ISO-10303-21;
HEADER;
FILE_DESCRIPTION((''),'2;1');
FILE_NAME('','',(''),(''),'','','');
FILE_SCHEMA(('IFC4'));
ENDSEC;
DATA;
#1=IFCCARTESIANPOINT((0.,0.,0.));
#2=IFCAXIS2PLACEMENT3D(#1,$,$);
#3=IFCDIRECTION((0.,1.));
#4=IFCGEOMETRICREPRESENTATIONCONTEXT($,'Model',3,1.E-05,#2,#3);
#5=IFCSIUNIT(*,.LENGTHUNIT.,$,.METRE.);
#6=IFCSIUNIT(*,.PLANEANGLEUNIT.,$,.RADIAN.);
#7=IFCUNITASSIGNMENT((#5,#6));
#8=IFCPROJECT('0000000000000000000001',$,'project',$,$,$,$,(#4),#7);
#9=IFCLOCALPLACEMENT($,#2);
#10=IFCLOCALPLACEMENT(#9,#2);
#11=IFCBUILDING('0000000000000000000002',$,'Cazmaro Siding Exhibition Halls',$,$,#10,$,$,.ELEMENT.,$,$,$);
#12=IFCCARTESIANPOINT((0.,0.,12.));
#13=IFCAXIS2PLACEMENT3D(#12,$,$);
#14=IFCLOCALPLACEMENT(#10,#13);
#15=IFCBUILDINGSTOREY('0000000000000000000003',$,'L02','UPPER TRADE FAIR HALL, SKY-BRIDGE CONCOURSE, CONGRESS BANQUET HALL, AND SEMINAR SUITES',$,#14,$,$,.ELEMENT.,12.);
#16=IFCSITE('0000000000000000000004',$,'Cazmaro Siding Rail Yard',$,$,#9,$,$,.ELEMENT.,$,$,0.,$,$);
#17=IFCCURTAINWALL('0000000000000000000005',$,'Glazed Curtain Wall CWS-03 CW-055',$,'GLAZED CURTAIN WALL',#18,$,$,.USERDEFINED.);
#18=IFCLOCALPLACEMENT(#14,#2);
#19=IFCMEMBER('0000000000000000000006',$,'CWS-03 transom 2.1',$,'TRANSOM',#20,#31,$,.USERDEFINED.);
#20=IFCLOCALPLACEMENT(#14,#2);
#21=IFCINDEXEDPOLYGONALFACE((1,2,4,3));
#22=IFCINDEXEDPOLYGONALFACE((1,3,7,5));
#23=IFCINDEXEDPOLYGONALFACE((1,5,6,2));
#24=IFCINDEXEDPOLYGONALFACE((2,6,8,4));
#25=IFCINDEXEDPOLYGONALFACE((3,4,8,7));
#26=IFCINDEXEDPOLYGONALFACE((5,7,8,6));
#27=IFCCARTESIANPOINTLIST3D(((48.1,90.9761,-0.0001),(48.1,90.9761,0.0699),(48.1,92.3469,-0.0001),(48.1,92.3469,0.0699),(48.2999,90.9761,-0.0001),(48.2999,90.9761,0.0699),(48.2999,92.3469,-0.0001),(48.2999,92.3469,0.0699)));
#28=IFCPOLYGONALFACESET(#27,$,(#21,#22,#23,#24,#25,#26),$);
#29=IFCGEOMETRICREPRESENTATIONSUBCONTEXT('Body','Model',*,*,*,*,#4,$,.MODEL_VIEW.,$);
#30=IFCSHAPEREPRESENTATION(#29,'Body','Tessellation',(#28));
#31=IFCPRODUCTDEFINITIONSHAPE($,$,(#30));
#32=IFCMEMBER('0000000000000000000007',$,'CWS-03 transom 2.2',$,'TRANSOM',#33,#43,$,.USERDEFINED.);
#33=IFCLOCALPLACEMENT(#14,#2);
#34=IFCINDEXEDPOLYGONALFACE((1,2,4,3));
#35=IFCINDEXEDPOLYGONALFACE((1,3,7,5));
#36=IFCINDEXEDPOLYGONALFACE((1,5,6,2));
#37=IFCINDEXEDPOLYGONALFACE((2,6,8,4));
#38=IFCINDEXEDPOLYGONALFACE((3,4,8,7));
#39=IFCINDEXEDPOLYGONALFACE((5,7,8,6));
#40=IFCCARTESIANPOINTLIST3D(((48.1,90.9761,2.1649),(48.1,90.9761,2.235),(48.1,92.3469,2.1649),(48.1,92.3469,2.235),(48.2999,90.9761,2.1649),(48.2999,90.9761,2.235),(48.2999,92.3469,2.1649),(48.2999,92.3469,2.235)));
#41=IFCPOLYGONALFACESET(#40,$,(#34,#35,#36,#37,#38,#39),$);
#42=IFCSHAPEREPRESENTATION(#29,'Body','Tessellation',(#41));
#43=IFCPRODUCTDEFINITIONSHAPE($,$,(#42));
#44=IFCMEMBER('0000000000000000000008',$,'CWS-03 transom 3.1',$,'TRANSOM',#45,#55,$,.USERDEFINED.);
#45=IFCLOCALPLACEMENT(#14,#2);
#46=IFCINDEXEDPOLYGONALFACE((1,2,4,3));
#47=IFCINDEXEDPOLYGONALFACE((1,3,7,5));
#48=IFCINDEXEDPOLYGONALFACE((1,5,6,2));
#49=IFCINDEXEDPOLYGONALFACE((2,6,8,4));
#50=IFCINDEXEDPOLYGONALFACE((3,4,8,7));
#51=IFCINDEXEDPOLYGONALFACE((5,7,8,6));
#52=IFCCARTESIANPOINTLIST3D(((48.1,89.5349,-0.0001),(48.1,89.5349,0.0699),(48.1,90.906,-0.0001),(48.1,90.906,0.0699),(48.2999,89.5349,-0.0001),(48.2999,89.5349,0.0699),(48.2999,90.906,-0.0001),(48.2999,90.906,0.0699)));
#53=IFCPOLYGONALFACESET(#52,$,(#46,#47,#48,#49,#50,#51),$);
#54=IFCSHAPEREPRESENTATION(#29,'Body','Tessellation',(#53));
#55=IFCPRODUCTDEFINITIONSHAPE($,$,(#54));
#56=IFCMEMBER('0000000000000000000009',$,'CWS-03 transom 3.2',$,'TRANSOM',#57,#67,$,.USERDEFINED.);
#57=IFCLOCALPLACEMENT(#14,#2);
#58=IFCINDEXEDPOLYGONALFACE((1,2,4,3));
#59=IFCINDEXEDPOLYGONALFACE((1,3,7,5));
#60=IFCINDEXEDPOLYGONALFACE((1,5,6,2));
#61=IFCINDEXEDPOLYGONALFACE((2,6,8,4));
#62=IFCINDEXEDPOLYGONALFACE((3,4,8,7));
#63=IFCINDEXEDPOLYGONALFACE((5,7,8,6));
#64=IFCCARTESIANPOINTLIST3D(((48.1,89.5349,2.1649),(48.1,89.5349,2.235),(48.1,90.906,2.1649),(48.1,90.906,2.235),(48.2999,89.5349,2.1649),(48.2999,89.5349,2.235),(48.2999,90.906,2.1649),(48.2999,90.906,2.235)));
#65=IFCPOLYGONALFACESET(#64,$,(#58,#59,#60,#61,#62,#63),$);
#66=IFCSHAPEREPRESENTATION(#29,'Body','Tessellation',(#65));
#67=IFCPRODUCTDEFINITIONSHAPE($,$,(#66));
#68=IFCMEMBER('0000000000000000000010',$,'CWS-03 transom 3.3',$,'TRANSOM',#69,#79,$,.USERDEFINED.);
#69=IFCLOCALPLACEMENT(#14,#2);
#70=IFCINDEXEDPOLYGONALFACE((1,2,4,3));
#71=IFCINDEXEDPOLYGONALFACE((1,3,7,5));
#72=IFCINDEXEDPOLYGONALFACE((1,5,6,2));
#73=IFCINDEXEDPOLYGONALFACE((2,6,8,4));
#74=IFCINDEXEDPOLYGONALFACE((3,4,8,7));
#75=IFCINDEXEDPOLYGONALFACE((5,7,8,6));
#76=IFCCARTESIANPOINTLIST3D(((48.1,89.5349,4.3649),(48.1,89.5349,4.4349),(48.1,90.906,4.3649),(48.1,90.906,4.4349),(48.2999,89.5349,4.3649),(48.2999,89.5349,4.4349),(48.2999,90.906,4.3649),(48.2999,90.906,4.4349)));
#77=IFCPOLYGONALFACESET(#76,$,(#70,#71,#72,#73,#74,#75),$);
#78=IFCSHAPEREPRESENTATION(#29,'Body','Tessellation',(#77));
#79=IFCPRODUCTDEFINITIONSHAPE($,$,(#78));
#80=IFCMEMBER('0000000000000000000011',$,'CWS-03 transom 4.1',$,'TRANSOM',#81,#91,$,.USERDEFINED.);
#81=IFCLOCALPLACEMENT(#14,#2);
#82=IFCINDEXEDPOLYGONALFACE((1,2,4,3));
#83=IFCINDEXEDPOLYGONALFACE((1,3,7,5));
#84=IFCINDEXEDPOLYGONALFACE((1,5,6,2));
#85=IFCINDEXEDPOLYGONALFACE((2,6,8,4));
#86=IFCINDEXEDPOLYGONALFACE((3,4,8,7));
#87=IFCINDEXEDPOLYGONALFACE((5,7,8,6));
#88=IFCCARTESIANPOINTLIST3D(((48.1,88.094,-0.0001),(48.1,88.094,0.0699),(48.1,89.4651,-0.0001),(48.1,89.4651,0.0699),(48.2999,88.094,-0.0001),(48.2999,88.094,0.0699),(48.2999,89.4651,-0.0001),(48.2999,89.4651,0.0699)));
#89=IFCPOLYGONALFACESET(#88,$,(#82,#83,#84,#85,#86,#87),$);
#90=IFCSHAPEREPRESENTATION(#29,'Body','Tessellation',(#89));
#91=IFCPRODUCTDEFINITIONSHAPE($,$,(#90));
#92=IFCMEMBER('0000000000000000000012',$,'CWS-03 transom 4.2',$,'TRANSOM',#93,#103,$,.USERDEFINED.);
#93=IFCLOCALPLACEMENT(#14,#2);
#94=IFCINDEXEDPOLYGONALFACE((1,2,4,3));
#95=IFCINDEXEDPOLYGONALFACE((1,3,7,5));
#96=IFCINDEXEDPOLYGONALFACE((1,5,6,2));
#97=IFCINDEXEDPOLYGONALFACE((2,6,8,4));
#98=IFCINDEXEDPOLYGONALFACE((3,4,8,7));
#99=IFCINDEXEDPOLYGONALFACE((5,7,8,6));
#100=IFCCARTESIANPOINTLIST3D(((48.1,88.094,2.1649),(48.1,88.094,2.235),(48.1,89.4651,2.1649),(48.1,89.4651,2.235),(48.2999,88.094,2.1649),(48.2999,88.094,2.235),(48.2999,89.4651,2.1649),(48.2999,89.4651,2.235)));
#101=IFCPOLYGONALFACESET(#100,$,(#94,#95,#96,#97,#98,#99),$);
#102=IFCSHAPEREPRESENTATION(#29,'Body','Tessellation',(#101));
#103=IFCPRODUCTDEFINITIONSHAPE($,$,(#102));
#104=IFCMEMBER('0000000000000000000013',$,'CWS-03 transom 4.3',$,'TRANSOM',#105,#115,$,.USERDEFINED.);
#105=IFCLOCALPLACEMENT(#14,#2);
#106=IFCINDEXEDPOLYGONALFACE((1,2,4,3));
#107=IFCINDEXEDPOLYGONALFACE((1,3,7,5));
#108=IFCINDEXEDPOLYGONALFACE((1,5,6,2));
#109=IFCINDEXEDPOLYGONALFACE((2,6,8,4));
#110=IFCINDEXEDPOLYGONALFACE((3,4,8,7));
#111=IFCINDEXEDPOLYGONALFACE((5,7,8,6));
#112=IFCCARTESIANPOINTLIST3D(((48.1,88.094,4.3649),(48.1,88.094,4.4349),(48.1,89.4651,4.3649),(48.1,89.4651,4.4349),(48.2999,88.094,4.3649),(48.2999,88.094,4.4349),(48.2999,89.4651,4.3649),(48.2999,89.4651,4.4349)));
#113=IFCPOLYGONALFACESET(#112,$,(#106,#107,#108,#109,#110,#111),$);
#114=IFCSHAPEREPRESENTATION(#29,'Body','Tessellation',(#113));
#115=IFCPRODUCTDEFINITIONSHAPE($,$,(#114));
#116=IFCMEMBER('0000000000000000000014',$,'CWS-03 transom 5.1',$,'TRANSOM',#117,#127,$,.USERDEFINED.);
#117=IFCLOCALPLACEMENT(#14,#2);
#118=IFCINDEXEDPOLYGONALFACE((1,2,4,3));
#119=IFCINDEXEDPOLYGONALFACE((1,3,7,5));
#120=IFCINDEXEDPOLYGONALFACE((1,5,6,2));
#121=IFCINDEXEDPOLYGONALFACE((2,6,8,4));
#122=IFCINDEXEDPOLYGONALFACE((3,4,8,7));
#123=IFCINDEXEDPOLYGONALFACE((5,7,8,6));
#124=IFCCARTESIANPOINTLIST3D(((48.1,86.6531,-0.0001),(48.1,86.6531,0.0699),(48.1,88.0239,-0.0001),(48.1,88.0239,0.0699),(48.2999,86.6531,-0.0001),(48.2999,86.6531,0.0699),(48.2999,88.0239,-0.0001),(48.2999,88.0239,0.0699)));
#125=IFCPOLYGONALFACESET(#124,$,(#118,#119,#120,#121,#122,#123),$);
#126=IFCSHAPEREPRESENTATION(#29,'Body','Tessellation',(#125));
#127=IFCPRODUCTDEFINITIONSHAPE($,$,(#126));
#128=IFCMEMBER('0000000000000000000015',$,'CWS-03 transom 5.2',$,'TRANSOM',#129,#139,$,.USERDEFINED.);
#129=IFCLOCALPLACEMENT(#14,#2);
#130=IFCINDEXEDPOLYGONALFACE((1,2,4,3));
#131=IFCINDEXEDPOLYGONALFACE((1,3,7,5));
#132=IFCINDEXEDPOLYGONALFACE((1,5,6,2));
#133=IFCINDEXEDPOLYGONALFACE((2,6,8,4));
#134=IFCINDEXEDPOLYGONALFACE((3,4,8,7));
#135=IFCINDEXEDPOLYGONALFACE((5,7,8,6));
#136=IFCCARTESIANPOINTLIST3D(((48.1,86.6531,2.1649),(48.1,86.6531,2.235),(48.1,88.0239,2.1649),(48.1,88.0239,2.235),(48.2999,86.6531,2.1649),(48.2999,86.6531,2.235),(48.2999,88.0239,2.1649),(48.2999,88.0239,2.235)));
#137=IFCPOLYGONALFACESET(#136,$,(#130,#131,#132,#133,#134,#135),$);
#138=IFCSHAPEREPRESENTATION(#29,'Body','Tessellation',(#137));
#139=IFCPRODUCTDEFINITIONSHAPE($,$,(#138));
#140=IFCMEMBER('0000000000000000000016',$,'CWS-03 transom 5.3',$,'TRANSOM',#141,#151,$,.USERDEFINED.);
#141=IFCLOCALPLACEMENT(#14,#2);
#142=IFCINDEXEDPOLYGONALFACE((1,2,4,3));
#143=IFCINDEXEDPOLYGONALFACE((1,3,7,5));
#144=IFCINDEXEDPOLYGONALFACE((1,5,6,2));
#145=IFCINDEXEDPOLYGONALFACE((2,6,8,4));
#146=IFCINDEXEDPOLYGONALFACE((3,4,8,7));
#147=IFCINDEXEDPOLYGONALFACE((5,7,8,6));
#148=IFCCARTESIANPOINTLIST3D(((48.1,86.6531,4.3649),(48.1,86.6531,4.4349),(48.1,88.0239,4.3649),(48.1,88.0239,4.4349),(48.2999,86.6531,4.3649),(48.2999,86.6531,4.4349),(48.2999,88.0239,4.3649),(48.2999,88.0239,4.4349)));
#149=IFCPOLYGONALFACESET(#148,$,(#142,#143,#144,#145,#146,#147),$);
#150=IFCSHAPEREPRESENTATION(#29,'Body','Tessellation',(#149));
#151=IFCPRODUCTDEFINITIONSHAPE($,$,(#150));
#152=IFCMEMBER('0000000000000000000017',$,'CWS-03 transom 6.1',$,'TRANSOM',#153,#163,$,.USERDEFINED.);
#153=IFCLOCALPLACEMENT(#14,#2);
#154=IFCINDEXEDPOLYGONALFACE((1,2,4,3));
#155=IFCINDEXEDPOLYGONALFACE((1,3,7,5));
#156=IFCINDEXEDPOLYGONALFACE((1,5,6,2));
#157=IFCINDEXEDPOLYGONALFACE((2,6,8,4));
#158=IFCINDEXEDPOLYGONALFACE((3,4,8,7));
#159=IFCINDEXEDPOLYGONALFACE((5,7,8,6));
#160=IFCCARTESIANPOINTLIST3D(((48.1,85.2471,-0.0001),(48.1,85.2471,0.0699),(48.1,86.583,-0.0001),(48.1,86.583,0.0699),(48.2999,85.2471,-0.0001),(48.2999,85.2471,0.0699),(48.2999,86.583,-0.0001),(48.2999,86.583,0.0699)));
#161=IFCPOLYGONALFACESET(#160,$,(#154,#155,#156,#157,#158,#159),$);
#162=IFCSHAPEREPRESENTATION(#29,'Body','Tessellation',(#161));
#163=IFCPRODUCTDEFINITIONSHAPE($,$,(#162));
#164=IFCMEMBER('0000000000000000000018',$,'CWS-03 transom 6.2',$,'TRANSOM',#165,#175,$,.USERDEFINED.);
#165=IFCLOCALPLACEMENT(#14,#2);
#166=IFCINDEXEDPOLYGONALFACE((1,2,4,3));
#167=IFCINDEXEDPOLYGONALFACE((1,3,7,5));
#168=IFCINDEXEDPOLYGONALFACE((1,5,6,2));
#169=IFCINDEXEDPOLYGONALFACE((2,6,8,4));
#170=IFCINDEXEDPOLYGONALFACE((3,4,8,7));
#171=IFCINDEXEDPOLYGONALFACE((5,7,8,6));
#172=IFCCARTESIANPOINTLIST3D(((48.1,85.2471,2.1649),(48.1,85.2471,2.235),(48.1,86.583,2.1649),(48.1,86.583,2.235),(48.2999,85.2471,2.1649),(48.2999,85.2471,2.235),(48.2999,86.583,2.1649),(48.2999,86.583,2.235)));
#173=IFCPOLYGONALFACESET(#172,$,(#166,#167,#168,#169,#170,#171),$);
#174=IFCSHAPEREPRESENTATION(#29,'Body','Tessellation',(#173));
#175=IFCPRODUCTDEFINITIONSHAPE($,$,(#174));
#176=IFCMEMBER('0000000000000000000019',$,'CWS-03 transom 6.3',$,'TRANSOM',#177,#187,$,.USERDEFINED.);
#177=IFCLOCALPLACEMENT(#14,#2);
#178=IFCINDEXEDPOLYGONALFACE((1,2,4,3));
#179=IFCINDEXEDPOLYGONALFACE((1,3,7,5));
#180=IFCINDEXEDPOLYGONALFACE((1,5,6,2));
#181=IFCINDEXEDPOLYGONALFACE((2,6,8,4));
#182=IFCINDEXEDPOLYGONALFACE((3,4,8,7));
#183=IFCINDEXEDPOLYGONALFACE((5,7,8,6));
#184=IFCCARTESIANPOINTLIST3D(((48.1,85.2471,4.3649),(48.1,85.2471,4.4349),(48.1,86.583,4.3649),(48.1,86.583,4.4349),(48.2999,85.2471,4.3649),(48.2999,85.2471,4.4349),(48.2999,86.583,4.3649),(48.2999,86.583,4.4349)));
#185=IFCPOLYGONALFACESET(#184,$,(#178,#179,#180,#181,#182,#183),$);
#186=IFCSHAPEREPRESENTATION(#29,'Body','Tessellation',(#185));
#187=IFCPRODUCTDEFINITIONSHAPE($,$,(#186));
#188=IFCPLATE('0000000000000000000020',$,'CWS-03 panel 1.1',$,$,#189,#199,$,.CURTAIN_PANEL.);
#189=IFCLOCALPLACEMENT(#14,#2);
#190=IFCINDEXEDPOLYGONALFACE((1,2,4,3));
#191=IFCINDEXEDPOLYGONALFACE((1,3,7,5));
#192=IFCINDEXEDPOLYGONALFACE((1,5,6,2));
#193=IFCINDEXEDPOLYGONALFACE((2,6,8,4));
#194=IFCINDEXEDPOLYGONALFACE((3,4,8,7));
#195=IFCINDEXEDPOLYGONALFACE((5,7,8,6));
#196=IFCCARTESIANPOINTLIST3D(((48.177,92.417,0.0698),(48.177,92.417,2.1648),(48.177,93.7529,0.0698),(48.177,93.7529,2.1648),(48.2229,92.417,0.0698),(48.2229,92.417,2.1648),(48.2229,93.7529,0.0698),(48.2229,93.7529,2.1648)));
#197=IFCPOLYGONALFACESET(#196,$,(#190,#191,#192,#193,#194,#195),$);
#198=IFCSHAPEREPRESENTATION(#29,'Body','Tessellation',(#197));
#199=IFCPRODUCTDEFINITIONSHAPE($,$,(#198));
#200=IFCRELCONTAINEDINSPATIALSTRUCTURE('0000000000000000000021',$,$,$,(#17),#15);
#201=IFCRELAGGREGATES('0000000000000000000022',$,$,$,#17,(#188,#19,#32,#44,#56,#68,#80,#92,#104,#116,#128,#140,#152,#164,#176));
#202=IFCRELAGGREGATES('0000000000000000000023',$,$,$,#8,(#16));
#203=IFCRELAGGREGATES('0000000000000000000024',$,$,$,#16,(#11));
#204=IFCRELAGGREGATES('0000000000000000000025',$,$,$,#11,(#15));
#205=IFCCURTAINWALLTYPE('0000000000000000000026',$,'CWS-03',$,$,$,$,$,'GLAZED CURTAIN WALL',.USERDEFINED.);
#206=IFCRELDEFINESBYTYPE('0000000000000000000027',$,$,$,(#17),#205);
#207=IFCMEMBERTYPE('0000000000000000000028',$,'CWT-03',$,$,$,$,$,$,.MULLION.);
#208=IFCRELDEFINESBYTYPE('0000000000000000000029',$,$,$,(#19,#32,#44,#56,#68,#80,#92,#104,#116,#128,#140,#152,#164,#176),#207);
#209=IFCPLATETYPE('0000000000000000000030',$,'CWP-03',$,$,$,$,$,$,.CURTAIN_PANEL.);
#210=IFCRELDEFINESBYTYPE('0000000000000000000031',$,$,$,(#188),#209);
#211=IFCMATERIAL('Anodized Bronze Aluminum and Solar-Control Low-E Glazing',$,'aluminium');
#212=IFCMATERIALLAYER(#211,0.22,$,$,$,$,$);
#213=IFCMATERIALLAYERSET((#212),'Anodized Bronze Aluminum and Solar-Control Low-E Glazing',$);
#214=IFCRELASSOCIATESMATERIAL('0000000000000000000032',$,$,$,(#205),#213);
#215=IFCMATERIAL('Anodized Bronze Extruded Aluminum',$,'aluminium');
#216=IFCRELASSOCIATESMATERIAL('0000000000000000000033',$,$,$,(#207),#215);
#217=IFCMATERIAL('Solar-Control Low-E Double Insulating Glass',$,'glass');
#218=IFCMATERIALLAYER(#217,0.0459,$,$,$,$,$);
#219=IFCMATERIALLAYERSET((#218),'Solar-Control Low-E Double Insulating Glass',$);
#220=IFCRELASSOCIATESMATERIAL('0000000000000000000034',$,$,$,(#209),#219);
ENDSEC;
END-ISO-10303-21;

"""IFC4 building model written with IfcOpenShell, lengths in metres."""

from ifc_helpers import new_model, si_unit, direction, frame, origin, origin_2d, place, context, subcontext, project, spatial, rectangle, extrude, material, layer, layer_set, material_profile, profile_set, type_object, element, aggregate, save


model = new_model("IFC4")

# Units and contexts
model_context = context("Model", 3, precision=1e-05, world=origin(), true_north=direction((0.0, 1.0)))
body_context = subcontext(model_context, "Body", "Model", "MODEL_VIEW")
ifc_project = project(units=[si_unit("LENGTHUNIT", "METRE"), si_unit("PLANEANGLEUNIT", "RADIAN")], contexts=[model_context])

# Site, building, storey
site_placement = place(None, origin())
site = spatial("IfcSite", under=ifc_project, at=site_placement, Name="Cazmaro Siding Rail Yard", CompositionType="ELEMENT", RefElevation=0.0)
building_placement = place(site_placement, origin())
building = spatial("IfcBuilding", under=site, at=building_placement, Name="Cazmaro Siding Exhibition Halls", CompositionType="ELEMENT")
storey_placement = place(building_placement, frame((0.0, 0.0, 12.0)))
storey = spatial("IfcBuildingStorey", under=building, at=storey_placement, Name="L02", Description="UPPER TRADE FAIR HALL, SKY-BRIDGE CONCOURSE, CONGRESS BANQUET HALL, AND SEMINAR SUITES", CompositionType="ELEMENT", Elevation=12.0)

# Shared definitions
ifc_material_1 = material(Name="Anodized Bronze Aluminum and Solar-Control Low-E Glazing", Category="aluminium")
ifc_layer_1 = layer(ifc_material_1, 0.22)
ifc_layer_set_1 = layer_set([ifc_layer_1], Name="Anodized Bronze Aluminum and Solar-Control Low-E Glazing")
curtain_wall_type = type_object("IfcCurtainWallType", Name="CWS-03", ElementType="GLAZED CURTAIN WALL", PredefinedType="USERDEFINED", material=ifc_layer_set_1)

# Curtain wall, members, plate
curtain_wall_1_placement = place(storey_placement, origin())
curtain_wall_1 = element("IfcCurtainWall", 1, at=curtain_wall_1_placement, inside=storey, type_object=curtain_wall_type, Name="Glazed Curtain Wall CWS-03 CW-055", ObjectType="GLAZED CURTAIN WALL", PredefinedType="USERDEFINED")
ifc_material_2 = material(Name="Anodized Bronze Extruded Aluminum", Category="aluminium")
ifc_material_profile_1 = material_profile(ifc_material_2, rectangle(XDim=0.2, YDim=0.0701, at=origin_2d()), Name="CWT-03")
ifc_profile_set_1 = profile_set([ifc_material_profile_1], Name="Anodized Bronze Extruded Aluminum")
member_type_1 = type_object("IfcMemberType", Name="CWT-03", PredefinedType="MULLION", material=ifc_profile_set_1)
member_1_placement = place(storey_placement, frame((48.2, 92.3469, 0.0349), z_axis=(0.0, -1.0, 0.0), x_axis=(1.0, 0.0, 0.0)))
member_1 = element("IfcMember", 2, at=member_1_placement, type_object=member_type_1, Name="CWS-03 transom 2.1", ObjectType="TRANSOM", PredefinedType="USERDEFINED", context=body_context, shape_type="SweptSolid", body=[
    extrude(rectangle(XDim=0.2, YDim=0.0701, at=origin_2d()), origin(), (0.0, 0.0, 1.0), 1.3708),
])
member_2_placement = place(storey_placement, frame((48.2, 92.3469, 2.2), z_axis=(0.0, -1.0, 0.0), x_axis=(1.0, 0.0, 0.0)))
member_2 = element("IfcMember", 3, at=member_2_placement, type_object=member_type_1, Name="CWS-03 transom 2.2", ObjectType="TRANSOM", PredefinedType="USERDEFINED", context=body_context, shape_type="SweptSolid", body=[
    extrude(rectangle(XDim=0.2, YDim=0.0701, at=origin_2d()), origin(), (0.0, 0.0, 1.0), 1.3708),
])
member_3_placement = place(storey_placement, frame((48.2, 90.906, 0.0349), z_axis=(0.0, -1.0, 0.0), x_axis=(1.0, 0.0, 0.0)))
member_3 = element("IfcMember", 4, at=member_3_placement, type_object=member_type_1, Name="CWS-03 transom 3.1", ObjectType="TRANSOM", PredefinedType="USERDEFINED", context=body_context, shape_type="SweptSolid", body=[
    extrude(rectangle(XDim=0.2, YDim=0.0701, at=origin_2d()), origin(), (0.0, 0.0, 1.0), 1.3711),
])
member_4_placement = place(storey_placement, frame((48.2, 90.906, 2.2), z_axis=(0.0, -1.0, 0.0), x_axis=(1.0, 0.0, 0.0)))
member_4 = element("IfcMember", 5, at=member_4_placement, type_object=member_type_1, Name="CWS-03 transom 3.2", ObjectType="TRANSOM", PredefinedType="USERDEFINED", context=body_context, shape_type="SweptSolid", body=[
    extrude(rectangle(XDim=0.2, YDim=0.0701, at=origin_2d()), origin(), (0.0, 0.0, 1.0), 1.3711),
])
member_5_placement = place(storey_placement, frame((48.2, 90.906, 4.3999), z_axis=(0.0, -1.0, 0.0), x_axis=(1.0, 0.0, 0.0)))
member_5 = element("IfcMember", 6, at=member_5_placement, type_object=member_type_1, Name="CWS-03 transom 3.3", ObjectType="TRANSOM", PredefinedType="USERDEFINED", context=body_context, shape_type="SweptSolid", body=[
    extrude(rectangle(XDim=0.2, YDim=0.0701, at=origin_2d()), origin(), (0.0, 0.0, 1.0), 1.3711),
])
member_6_placement = place(storey_placement, frame((48.2, 89.4651, 0.0349), z_axis=(0.0, -1.0, 0.0), x_axis=(1.0, 0.0, 0.0)))
member_6 = element("IfcMember", 7, at=member_6_placement, type_object=member_type_1, Name="CWS-03 transom 4.1", ObjectType="TRANSOM", PredefinedType="USERDEFINED", context=body_context, shape_type="SweptSolid", body=[
    extrude(rectangle(XDim=0.2, YDim=0.0701, at=origin_2d()), origin(), (0.0, 0.0, 1.0), 1.3711),
])
member_7_placement = place(storey_placement, frame((48.2, 89.4651, 2.2), z_axis=(0.0, -1.0, 0.0), x_axis=(1.0, 0.0, 0.0)))
member_7 = element("IfcMember", 8, at=member_7_placement, type_object=member_type_1, Name="CWS-03 transom 4.2", ObjectType="TRANSOM", PredefinedType="USERDEFINED", context=body_context, shape_type="SweptSolid", body=[
    extrude(rectangle(XDim=0.2, YDim=0.0701, at=origin_2d()), origin(), (0.0, 0.0, 1.0), 1.3711),
])
member_8_placement = place(storey_placement, frame((48.2, 89.4651, 4.3999), z_axis=(0.0, -1.0, 0.0), x_axis=(1.0, 0.0, 0.0)))
member_8 = element("IfcMember", 9, at=member_8_placement, type_object=member_type_1, Name="CWS-03 transom 4.3", ObjectType="TRANSOM", PredefinedType="USERDEFINED", context=body_context, shape_type="SweptSolid", body=[
    extrude(rectangle(XDim=0.2, YDim=0.0701, at=origin_2d()), origin(), (0.0, 0.0, 1.0), 1.3711),
])
member_9_placement = place(storey_placement, frame((48.2, 88.0239, 0.0349), z_axis=(0.0, -1.0, 0.0), x_axis=(1.0, 0.0, 0.0)))
member_9 = element("IfcMember", 10, at=member_9_placement, type_object=member_type_1, Name="CWS-03 transom 5.1", ObjectType="TRANSOM", PredefinedType="USERDEFINED", context=body_context, shape_type="SweptSolid", body=[
    extrude(rectangle(XDim=0.2, YDim=0.0701, at=origin_2d()), origin(), (0.0, 0.0, 1.0), 1.3708),
])
member_10_placement = place(storey_placement, frame((48.2, 88.0239, 2.2), z_axis=(0.0, -1.0, 0.0), x_axis=(1.0, 0.0, 0.0)))
member_10 = element("IfcMember", 11, at=member_10_placement, type_object=member_type_1, Name="CWS-03 transom 5.2", ObjectType="TRANSOM", PredefinedType="USERDEFINED", context=body_context, shape_type="SweptSolid", body=[
    extrude(rectangle(XDim=0.2, YDim=0.0701, at=origin_2d()), origin(), (0.0, 0.0, 1.0), 1.3708),
])
member_11_placement = place(storey_placement, frame((48.2, 88.0239, 4.3999), z_axis=(0.0, -1.0, 0.0), x_axis=(1.0, 0.0, 0.0)))
member_11 = element("IfcMember", 12, at=member_11_placement, type_object=member_type_1, Name="CWS-03 transom 5.3", ObjectType="TRANSOM", PredefinedType="USERDEFINED", context=body_context, shape_type="SweptSolid", body=[
    extrude(rectangle(XDim=0.2, YDim=0.0701, at=origin_2d()), origin(), (0.0, 0.0, 1.0), 1.3708),
])
member_12_placement = place(storey_placement, frame((48.2, 86.583, 0.0349), z_axis=(0.0, -1.0, 0.0), x_axis=(1.0, 0.0, 0.0)))
member_12 = element("IfcMember", 13, at=member_12_placement, type_object=member_type_1, Name="CWS-03 transom 6.1", ObjectType="TRANSOM", PredefinedType="USERDEFINED", context=body_context, shape_type="SweptSolid", body=[
    extrude(rectangle(XDim=0.2, YDim=0.0701, at=origin_2d()), origin(), (0.0, 0.0, 1.0), 1.3359),
])
member_13_placement = place(storey_placement, frame((48.2, 86.583, 2.2), z_axis=(0.0, -1.0, 0.0), x_axis=(1.0, 0.0, 0.0)))
member_13 = element("IfcMember", 14, at=member_13_placement, type_object=member_type_1, Name="CWS-03 transom 6.2", ObjectType="TRANSOM", PredefinedType="USERDEFINED", context=body_context, shape_type="SweptSolid", body=[
    extrude(rectangle(XDim=0.2, YDim=0.0701, at=origin_2d()), origin(), (0.0, 0.0, 1.0), 1.3359),
])
member_14_placement = place(storey_placement, frame((48.2, 86.583, 4.3999), z_axis=(0.0, -1.0, 0.0), x_axis=(1.0, 0.0, 0.0)))
member_14 = element("IfcMember", 15, at=member_14_placement, type_object=member_type_1, Name="CWS-03 transom 6.3", ObjectType="TRANSOM", PredefinedType="USERDEFINED", context=body_context, shape_type="SweptSolid", body=[
    extrude(rectangle(XDim=0.2, YDim=0.0701, at=origin_2d()), origin(), (0.0, 0.0, 1.0), 1.3359),
])
ifc_material_3 = material(Name="Solar-Control Low-E Double Insulating Glass", Category="glass")
ifc_layer_2 = layer(ifc_material_3, 0.0459)
ifc_layer_set_2 = layer_set([ifc_layer_2], Name="Solar-Control Low-E Double Insulating Glass")
plate_type = type_object("IfcPlateType", Name="CWP-03", PredefinedType="CURTAIN_PANEL", material=ifc_layer_set_2)
plate_1_placement = place(storey_placement, frame((48.2, 93.085, 0.0698), z_axis=(0.0, 0.0, 1.0), x_axis=(0.0, -1.0, 0.0)))
plate_1 = element("IfcPlate", 16, at=plate_1_placement, type_object=plate_type, Name="CWS-03 panel 1.1", PredefinedType="CURTAIN_PANEL", context=body_context, shape_type="SweptSolid", body=[
    extrude(rectangle(XDim=1.3359, YDim=0.0459, at=origin_2d()), origin(), (0.0, 0.0, 1.0), 2.095),
])
aggregate(curtain_wall_1, [plate_1, member_1, member_2, member_3, member_4, member_5, member_6, member_7, member_8, member_9, member_10, member_11, member_12, member_13, member_14])

save(model, "model.ifc")
